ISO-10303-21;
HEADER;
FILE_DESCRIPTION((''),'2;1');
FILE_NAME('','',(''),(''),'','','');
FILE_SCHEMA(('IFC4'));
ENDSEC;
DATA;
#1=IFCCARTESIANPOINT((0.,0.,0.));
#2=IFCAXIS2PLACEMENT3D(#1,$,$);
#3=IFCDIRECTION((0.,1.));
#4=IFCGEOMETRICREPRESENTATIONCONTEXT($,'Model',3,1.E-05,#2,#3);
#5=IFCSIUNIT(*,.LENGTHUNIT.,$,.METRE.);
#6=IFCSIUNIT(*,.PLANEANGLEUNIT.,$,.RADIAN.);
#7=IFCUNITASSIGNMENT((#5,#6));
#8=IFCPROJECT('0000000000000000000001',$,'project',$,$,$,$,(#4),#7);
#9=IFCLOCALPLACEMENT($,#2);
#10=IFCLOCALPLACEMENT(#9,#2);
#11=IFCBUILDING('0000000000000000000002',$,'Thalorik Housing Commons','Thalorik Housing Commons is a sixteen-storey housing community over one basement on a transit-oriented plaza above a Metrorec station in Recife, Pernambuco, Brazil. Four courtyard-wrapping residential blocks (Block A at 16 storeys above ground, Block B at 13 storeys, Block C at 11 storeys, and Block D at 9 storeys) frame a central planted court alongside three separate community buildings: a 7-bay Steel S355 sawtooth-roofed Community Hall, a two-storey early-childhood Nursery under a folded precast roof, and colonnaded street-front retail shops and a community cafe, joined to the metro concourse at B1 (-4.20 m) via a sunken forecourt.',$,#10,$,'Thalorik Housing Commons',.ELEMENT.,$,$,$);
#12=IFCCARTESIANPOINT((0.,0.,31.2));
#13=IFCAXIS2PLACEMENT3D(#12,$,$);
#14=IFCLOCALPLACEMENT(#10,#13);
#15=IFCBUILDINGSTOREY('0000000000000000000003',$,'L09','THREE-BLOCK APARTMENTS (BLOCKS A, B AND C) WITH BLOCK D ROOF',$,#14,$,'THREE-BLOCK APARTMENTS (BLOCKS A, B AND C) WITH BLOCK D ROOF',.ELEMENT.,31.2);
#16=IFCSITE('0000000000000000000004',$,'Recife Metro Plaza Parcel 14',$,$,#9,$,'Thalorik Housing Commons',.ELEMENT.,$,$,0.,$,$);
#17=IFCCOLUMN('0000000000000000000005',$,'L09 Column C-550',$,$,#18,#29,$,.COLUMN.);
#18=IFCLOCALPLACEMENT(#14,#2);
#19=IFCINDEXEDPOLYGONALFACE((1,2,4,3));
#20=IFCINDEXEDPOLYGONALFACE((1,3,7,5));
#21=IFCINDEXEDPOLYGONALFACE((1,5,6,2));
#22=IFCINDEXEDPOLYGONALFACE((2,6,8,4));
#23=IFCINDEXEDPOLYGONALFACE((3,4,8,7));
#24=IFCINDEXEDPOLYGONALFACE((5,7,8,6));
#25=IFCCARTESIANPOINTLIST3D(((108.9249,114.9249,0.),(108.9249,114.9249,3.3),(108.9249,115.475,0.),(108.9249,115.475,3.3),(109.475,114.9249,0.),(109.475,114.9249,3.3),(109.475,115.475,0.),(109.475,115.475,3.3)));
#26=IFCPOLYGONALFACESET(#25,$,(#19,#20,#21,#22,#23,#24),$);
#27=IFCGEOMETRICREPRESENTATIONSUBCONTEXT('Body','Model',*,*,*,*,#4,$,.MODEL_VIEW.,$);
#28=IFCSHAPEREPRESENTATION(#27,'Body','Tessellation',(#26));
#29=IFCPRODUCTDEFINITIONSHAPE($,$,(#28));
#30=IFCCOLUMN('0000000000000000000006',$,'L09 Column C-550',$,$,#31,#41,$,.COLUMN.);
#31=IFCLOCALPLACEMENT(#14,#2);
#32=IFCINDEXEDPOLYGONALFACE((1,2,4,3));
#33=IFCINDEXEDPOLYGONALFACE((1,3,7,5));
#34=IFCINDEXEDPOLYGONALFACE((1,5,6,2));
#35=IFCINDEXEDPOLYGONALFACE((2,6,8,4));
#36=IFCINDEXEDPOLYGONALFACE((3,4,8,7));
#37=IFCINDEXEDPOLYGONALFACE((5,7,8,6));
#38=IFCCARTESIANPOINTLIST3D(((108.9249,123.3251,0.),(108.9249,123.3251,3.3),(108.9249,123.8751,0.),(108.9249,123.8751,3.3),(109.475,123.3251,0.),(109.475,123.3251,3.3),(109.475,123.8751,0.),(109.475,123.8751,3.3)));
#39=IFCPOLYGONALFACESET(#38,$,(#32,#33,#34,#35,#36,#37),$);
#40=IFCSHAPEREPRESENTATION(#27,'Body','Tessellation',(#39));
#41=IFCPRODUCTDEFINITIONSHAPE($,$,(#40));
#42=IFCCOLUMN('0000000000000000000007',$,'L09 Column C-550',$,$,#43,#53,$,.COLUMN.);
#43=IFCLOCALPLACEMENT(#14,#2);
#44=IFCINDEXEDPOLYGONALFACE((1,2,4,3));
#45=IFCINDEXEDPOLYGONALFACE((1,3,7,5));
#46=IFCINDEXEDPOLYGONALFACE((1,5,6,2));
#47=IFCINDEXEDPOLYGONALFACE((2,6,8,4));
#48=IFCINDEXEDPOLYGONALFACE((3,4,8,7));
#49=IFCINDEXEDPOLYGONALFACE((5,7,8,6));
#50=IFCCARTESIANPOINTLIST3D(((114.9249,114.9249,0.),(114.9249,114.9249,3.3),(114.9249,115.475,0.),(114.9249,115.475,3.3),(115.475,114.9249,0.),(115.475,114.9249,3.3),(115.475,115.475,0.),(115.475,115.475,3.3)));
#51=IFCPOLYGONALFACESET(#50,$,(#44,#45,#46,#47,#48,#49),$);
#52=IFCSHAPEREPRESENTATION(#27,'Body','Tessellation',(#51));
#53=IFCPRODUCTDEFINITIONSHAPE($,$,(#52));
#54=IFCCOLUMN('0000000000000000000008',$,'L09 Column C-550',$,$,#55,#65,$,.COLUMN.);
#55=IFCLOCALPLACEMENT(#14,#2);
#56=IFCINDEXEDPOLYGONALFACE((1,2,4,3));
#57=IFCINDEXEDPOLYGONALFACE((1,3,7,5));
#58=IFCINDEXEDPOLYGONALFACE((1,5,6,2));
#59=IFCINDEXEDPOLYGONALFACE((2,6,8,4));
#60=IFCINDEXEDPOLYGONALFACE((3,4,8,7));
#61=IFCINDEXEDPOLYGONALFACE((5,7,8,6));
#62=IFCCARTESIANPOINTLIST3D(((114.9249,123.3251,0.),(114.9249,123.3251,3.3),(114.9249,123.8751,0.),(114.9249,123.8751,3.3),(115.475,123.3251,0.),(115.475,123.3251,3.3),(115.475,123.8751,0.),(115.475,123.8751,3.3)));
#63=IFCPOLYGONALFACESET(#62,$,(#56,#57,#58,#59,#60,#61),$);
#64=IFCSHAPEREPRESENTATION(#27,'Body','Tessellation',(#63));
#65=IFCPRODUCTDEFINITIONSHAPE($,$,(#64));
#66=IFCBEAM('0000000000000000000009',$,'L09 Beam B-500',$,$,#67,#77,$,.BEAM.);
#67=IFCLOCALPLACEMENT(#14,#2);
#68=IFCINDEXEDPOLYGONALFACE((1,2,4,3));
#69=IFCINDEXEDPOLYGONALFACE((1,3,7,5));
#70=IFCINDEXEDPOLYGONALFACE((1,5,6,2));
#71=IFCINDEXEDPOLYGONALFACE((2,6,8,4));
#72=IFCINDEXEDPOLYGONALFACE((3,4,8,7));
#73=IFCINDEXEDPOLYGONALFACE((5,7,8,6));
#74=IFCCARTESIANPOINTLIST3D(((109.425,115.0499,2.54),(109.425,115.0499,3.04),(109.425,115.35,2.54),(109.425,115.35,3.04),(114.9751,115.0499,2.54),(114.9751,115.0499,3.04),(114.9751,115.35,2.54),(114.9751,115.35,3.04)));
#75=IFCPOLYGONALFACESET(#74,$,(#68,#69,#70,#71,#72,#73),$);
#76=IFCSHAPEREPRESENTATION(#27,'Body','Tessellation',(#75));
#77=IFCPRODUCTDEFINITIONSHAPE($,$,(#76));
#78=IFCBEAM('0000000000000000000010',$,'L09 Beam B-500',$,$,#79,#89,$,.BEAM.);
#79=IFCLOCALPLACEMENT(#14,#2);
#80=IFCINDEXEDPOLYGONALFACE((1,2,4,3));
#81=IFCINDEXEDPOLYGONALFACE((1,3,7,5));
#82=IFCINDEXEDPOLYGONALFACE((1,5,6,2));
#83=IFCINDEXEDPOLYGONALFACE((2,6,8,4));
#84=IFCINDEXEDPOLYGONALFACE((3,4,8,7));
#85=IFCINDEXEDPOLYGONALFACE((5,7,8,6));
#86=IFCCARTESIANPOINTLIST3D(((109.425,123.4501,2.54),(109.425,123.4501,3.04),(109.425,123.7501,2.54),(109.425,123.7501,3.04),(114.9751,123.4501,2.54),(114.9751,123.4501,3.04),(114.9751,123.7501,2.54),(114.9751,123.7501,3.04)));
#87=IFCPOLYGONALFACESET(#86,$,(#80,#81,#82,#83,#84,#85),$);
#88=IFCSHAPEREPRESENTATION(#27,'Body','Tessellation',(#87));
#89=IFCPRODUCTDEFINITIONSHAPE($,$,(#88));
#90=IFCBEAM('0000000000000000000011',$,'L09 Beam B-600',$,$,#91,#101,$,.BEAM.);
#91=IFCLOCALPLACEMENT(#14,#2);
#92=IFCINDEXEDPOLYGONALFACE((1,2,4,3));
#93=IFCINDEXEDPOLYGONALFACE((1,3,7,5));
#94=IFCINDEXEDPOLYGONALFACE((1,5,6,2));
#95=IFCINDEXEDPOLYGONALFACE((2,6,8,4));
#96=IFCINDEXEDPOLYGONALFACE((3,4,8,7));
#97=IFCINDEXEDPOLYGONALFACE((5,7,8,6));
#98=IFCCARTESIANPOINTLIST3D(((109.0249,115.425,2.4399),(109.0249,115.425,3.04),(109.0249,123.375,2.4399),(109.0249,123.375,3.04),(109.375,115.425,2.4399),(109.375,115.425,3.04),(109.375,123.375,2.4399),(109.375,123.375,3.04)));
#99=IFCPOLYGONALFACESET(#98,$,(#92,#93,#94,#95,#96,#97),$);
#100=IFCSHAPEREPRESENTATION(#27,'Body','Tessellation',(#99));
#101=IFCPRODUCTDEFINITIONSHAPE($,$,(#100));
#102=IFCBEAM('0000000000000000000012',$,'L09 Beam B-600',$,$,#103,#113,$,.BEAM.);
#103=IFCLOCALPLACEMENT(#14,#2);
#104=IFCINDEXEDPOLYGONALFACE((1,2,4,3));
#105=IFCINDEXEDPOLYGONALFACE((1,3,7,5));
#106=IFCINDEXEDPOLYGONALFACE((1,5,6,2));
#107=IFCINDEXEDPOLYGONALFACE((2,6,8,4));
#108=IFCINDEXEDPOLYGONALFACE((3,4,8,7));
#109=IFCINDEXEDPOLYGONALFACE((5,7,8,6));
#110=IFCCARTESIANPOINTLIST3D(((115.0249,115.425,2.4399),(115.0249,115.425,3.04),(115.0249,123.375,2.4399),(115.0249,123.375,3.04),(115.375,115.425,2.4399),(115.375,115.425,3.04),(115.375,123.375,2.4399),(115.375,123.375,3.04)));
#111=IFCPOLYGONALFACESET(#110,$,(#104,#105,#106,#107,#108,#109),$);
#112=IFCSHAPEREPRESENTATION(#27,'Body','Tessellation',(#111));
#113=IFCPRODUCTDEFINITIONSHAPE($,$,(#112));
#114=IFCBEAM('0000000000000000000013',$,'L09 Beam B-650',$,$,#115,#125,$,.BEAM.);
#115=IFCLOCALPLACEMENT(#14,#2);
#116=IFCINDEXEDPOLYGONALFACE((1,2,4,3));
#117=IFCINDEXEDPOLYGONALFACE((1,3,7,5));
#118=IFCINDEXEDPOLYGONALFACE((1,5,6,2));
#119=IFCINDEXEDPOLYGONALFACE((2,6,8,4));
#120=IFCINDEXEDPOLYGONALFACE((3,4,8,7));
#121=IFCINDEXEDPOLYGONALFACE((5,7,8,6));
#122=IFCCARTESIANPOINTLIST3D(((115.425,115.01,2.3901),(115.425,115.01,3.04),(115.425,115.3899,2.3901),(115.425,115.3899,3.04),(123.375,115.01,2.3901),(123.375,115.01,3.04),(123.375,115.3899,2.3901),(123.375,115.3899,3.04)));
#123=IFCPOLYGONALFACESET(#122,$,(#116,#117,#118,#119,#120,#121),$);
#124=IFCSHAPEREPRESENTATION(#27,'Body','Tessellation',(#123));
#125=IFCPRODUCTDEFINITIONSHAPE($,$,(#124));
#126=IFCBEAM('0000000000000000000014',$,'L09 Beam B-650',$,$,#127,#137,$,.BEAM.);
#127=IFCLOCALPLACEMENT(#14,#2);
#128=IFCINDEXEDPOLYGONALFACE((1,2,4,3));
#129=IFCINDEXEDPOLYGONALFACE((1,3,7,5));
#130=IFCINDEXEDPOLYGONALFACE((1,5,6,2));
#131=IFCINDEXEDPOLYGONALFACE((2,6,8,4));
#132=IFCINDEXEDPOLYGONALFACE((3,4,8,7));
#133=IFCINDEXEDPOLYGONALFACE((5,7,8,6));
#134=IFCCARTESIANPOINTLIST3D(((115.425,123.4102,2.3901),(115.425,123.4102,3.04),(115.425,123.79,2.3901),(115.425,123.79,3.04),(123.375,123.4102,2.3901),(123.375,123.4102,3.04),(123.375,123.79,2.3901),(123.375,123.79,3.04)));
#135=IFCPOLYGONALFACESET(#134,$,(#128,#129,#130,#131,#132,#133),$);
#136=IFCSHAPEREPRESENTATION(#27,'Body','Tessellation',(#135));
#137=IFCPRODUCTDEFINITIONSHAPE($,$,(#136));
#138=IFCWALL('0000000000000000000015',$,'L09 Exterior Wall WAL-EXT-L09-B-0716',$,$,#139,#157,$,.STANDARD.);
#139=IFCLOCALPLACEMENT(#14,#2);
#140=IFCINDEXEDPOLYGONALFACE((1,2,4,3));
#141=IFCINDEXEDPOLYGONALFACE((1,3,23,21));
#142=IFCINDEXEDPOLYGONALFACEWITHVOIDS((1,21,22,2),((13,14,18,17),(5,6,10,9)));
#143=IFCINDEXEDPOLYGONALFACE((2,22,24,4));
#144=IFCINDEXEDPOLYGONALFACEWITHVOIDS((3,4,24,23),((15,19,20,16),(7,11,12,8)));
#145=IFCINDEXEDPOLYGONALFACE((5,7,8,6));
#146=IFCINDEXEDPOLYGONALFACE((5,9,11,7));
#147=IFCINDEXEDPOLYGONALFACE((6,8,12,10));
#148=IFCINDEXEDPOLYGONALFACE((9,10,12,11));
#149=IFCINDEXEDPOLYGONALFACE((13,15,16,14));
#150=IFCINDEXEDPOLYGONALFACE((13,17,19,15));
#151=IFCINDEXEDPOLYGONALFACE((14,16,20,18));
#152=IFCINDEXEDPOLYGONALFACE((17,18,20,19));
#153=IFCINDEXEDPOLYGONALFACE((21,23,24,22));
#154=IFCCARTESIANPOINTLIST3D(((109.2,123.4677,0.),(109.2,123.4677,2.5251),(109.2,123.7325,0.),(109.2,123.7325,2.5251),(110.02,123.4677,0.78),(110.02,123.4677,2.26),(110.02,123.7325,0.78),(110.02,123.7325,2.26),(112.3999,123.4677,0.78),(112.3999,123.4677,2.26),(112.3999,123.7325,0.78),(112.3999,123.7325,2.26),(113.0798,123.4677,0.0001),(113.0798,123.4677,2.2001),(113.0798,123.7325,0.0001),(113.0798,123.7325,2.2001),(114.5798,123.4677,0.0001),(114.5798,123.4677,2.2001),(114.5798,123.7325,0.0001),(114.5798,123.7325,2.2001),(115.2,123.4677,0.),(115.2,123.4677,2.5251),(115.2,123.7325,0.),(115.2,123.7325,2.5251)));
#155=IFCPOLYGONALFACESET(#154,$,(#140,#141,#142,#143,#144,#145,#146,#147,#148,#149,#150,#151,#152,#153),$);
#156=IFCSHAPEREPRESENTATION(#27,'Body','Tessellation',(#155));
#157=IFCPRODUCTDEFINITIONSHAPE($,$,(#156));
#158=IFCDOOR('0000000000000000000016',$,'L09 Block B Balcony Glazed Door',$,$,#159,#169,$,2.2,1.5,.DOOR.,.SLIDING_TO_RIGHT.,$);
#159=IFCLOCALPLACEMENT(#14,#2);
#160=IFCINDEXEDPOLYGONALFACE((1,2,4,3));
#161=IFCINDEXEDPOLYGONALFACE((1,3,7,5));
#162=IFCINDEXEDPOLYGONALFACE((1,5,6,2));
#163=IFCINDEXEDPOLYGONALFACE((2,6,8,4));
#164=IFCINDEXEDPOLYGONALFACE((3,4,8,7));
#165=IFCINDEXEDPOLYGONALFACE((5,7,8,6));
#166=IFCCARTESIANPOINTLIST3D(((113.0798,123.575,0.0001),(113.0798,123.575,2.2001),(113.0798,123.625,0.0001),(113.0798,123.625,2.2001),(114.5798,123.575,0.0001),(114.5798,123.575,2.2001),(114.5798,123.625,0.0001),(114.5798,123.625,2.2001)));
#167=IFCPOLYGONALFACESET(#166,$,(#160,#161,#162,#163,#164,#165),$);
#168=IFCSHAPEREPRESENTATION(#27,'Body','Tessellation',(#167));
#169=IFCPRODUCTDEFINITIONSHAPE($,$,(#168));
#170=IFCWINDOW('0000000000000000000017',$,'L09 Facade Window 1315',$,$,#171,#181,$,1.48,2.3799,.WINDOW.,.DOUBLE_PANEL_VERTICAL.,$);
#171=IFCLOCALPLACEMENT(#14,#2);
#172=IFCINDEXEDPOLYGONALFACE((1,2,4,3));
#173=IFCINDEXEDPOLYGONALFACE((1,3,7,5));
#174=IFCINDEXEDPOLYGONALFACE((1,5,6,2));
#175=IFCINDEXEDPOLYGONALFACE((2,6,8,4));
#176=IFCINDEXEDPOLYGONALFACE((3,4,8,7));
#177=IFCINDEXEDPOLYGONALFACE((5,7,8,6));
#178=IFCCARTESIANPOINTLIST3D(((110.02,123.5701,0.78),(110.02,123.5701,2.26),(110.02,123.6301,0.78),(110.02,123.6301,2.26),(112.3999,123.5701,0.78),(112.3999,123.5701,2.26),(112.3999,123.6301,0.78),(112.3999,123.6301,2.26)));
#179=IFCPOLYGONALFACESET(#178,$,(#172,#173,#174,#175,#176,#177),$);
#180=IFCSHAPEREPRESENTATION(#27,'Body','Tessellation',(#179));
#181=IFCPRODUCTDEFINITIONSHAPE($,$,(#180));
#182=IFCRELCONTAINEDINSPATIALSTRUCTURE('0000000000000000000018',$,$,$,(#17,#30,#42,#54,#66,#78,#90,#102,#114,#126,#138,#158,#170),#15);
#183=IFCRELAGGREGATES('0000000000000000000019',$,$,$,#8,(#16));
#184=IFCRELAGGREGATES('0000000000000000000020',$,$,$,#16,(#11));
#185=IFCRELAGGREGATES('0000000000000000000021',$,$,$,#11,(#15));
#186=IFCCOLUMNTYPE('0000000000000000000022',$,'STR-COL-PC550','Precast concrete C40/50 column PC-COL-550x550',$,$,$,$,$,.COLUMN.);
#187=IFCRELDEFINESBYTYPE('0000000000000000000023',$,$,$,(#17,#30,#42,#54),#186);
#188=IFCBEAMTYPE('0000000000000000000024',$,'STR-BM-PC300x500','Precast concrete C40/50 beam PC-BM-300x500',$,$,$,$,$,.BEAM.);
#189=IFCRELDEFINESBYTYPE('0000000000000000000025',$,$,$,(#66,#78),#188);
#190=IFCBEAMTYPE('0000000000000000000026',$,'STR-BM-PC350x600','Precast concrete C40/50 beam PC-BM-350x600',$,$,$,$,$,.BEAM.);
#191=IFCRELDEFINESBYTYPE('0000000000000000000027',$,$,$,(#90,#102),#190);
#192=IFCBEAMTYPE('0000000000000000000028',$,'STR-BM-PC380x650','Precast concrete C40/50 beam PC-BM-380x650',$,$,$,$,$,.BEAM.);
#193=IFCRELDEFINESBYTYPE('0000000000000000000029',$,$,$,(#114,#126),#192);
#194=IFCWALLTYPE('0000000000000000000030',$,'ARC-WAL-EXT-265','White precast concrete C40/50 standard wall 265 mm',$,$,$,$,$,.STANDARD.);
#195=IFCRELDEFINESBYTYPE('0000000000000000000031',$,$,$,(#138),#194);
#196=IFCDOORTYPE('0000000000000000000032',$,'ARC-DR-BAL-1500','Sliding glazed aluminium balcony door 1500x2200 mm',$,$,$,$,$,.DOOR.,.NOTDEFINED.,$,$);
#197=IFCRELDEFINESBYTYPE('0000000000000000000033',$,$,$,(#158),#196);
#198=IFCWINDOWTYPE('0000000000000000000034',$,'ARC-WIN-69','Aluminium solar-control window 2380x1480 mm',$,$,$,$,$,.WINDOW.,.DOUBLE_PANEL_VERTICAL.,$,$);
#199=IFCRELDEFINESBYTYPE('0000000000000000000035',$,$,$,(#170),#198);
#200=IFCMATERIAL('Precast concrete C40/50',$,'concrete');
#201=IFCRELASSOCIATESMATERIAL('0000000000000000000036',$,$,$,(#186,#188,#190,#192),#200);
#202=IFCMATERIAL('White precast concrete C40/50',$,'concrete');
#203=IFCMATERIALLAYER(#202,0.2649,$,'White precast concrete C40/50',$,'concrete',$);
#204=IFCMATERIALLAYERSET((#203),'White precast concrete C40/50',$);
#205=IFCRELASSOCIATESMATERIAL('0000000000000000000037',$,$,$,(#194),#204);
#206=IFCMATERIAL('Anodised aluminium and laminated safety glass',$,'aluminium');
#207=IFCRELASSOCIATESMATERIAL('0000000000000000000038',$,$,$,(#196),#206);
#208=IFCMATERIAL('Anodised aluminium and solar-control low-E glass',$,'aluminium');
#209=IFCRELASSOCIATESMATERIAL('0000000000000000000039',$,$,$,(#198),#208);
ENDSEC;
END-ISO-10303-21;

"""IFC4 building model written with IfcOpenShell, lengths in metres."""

from ifc_helpers import new_model, si_unit, direction, frame, frame_2d, origin, origin_2d, place, context, subcontext, project, spatial, rectangle, extrude, material, layer, layer_set, material_profile, profile_set, type_object, element, fill, save


model = new_model("IFC4")

# Units and contexts
model_context = context("Model", 3, precision=1e-05, world=origin(), true_north=direction((0.0, 1.0)))
body_context = subcontext(model_context, "Body", "Model", "MODEL_VIEW")
ifc_project = project(units=[si_unit("LENGTHUNIT", "METRE"), si_unit("PLANEANGLEUNIT", "RADIAN")], contexts=[model_context])

# Site, building, storey
site_placement = place(None, origin())
site = spatial("IfcSite", under=ifc_project, at=site_placement, Name="Recife Metro Plaza Parcel 14", LongName="Thalorik Housing Commons", CompositionType="ELEMENT", RefElevation=0.0)
building_placement = place(site_placement, origin())
building = spatial("IfcBuilding", under=site, at=building_placement, Name="Thalorik Housing Commons", Description="Thalorik Housing Commons is a sixteen-storey housing community over one basement on a transit-oriented plaza above a Metrorec station in Recife, Pernambuco, Brazil. Four courtyard-wrapping residential blocks (Block A at 16 storeys above ground, Block B at 13 storeys, Block C at 11 storeys, and Block D at 9 storeys) frame a central planted court alongside three separate community buildings: a 7-bay Steel S355 sawtooth-roofed Community Hall, a two-storey early-childhood Nursery under a folded precast roof, and colonnaded street-front retail shops and a community cafe, joined to the metro concourse at B1 (-4.20 m) via a sunken forecourt.", LongName="Thalorik Housing Commons", CompositionType="ELEMENT")
storey_placement = place(building_placement, frame((0.0, 0.0, 31.2)))
storey = spatial("IfcBuildingStorey", under=building, at=storey_placement, Name="L09", Description="THREE-BLOCK APARTMENTS (BLOCKS A, B AND C) WITH BLOCK D ROOF", LongName="THREE-BLOCK APARTMENTS (BLOCKS A, B AND C) WITH BLOCK D ROOF", CompositionType="ELEMENT", Elevation=31.2)

# Columns
ifc_material_1 = material(Name="Precast concrete C40/50", Category="concrete")
ifc_material_profile_1 = material_profile(ifc_material_1, rectangle(XDim=0.55, YDim=0.55, at=origin_2d()), Name="PC 550x550", Category="concrete")
ifc_profile_set_1 = profile_set([ifc_material_profile_1], Name="Precast concrete C40/50")
column_type = type_object("IfcColumnType", Name="STR-COL-PC550", Description="Precast concrete C40/50 column PC-COL-550x550", PredefinedType="COLUMN", material=ifc_profile_set_1)
for number, where, z_axis, x_axis, name in (
    (1, (109.2, 115.2, 0.0), (0.0, 0.0, 1.0), (1.0, 0.0, 0.0), "L09 Column C-550"),
    (2, (109.2, 123.6001, 0.0), (0.0, 0.0, 1.0), (1.0, 0.0, 0.0), "L09 Column C-550"),
    (3, (115.2, 115.2, 0.0), (0.0, 0.0, 1.0), (1.0, 0.0, 0.0), "L09 Column C-550"),
    (4, (115.2, 123.6001, 0.0), (0.0, 0.0, 1.0), (1.0, 0.0, 0.0), "L09 Column C-550"),
):
    element("IfcColumn", number, at=place(storey_placement, frame(where, z_axis=z_axis, x_axis=x_axis)), inside=storey, type_object=column_type, Name=name, PredefinedType="COLUMN", context=body_context, shape_type="SweptSolid", body=[
        extrude(rectangle(XDim=0.55, YDim=0.55, at=origin_2d()), origin(), (0.0, 0.0, 1.0), 3.3),
    ])

# Beams
ifc_material_profile_2 = material_profile(ifc_material_1, rectangle(XDim=0.3, YDim=0.5, at=origin_2d()), Name="PC 300x500", Category="concrete")
ifc_profile_set_2 = profile_set([ifc_material_profile_2], Name="Precast concrete C40/50")
beam_type_1 = type_object("IfcBeamType", Name="STR-BM-PC300x500", Description="Precast concrete C40/50 beam PC-BM-300x500", PredefinedType="BEAM", material=ifc_profile_set_2)
for number, where, z_axis, x_axis, name in (
    (5, (109.425, 115.2, 2.79), (1.0, 0.0, 0.0), (0.0, 1.0, 0.0), "L09 Beam B-500"),
    (6, (109.425, 123.6001, 2.79), (1.0, 0.0, 0.0), (0.0, 1.0, 0.0), "L09 Beam B-500"),
):
    element("IfcBeam", number, at=place(storey_placement, frame(where, z_axis=z_axis, x_axis=x_axis)), inside=storey, type_object=beam_type_1, Name=name, PredefinedType="BEAM", context=body_context, shape_type="SweptSolid", body=[
        extrude(rectangle(XDim=0.3, YDim=0.5, at=origin_2d()), origin(), (0.0, 0.0, 1.0), 5.55),
    ])
ifc_material_profile_3 = material_profile(ifc_material_1, rectangle(XDim=0.3501, YDim=0.6001, at=origin_2d()), Name="PC 350x600", Category="concrete")
ifc_profile_set_3 = profile_set([ifc_material_profile_3], Name="Precast concrete C40/50")
beam_type_2 = type_object("IfcBeamType", Name="STR-BM-PC350x600", Description="Precast concrete C40/50 beam PC-BM-350x600", PredefinedType="BEAM", material=ifc_profile_set_3)
for number, where, z_axis, x_axis, name in (
    (7, (109.2, 115.425, 2.74), (0.0, 1.0, 0.0), (-1.0, 0.0, 0.0), "L09 Beam B-600"),
    (8, (115.2, 115.425, 2.74), (0.0, 1.0, 0.0), (-1.0, 0.0, 0.0), "L09 Beam B-600"),
):
    element("IfcBeam", number, at=place(storey_placement, frame(where, z_axis=z_axis, x_axis=x_axis)), inside=storey, type_object=beam_type_2, Name=name, PredefinedType="BEAM", context=body_context, shape_type="SweptSolid", body=[
        extrude(rectangle(XDim=0.3501, YDim=0.6001, at=origin_2d()), origin(), (0.0, 0.0, 1.0), 7.95),
    ])
ifc_material_profile_4 = material_profile(ifc_material_1, rectangle(XDim=0.3799, YDim=0.6499, at=origin_2d()), Name="PC 380x650", Category="concrete")
ifc_profile_set_4 = profile_set([ifc_material_profile_4], Name="Precast concrete C40/50")
beam_type_3 = type_object("IfcBeamType", Name="STR-BM-PC380x650", Description="Precast concrete C40/50 beam PC-BM-380x650", PredefinedType="BEAM", material=ifc_profile_set_4)
for number, where, z_axis, x_axis, name in (
    (9, (115.425, 115.2, 2.7151), (1.0, 0.0, 0.0), (0.0, 1.0, 0.0), "L09 Beam B-650"),
    (10, (115.425, 123.6001, 2.7151), (1.0, 0.0, 0.0), (0.0, 1.0, 0.0), "L09 Beam B-650"),
):
    element("IfcBeam", number, at=place(storey_placement, frame(where, z_axis=z_axis, x_axis=x_axis)), inside=storey, type_object=beam_type_3, Name=name, PredefinedType="BEAM", context=body_context, shape_type="SweptSolid", body=[
        extrude(rectangle(XDim=0.3799, YDim=0.6499, at=origin_2d()), origin(), (0.0, 0.0, 1.0), 7.95),
    ])

# Wall, openings, door, window
ifc_material_2 = material(Name="White precast concrete C40/50", Category="concrete")
ifc_layer_1 = layer(ifc_material_2, 0.2649, Name="White precast concrete C40/50", Category="concrete")
ifc_layer_set_1 = layer_set([ifc_layer_1], Name="White precast concrete C40/50")
wall_type = type_object("IfcWallType", Name="ARC-WAL-EXT-265", Description="White precast concrete C40/50 standard wall 265 mm", PredefinedType="STANDARD", material=ifc_layer_set_1)
wall_1_placement = place(storey_placement, frame((115.2, 123.6001, 0.0), z_axis=(0.0, 0.0, 1.0), x_axis=(-1.0, 0.0, 0.0)))
wall_1 = element("IfcWall", 11, at=wall_1_placement, inside=storey, type_object=wall_type, Name="L09 Exterior Wall WAL-EXT-L09-B-0716", PredefinedType="STANDARD", context=body_context, shape_type="SweptSolid", body=[
    extrude(rectangle(XDim=6.0, YDim=0.2649, at=frame_2d((3.0, 0.0))), origin(), (0.0, 0.0, 1.0), 2.5251),
])
opening_1_placement = place(wall_1_placement, frame((0.6201, 0.0, 0.0)))
opening_1 = element("IfcOpeningElement", 12, at=opening_1_placement, cuts=wall_1, PredefinedType="OPENING", context=body_context, shape_type="SweptSolid", body=[
    extrude(rectangle(XDim=1.5, YDim=2.2, at=frame_2d((0.75, 1.1001))), frame((0.0, 0.1426, 0.0), z_axis=(0.0, -1.0, 0.0), x_axis=(1.0, 0.0, 0.0)), (0.0, 0.0, 1.0), 0.2849),
])
opening_2_placement = place(wall_1_placement, frame((2.8, 0.0, 0.78)))
opening_2 = element("IfcOpeningElement", 13, at=opening_2_placement, cuts=wall_1, PredefinedType="OPENING", context=body_context, shape_type="SweptSolid", body=[
    extrude(rectangle(XDim=2.3799, YDim=1.48, at=frame_2d((1.1899, 0.74))), frame((0.0, 0.1426, 0.0), z_axis=(0.0, -1.0, 0.0), x_axis=(1.0, 0.0, 0.0)), (0.0, 0.0, 1.0), 0.2849),
])
ifc_material_3 = material(Name="Anodised aluminium and laminated safety glass", Category="aluminium")
door_type_1 = type_object("IfcDoorType", Name="ARC-DR-BAL-1500", Description="Sliding glazed aluminium balcony door 1500x2200 mm", OperationType="NOTDEFINED", PredefinedType="DOOR", material=ifc_material_3)
door_1_placement = place(opening_1_placement, frame((1.5, 0.0, 0.0), z_axis=(0.0, 0.0, 1.0), x_axis=(-1.0, 0.0, 0.0)))
door_1 = element("IfcDoor", 14, at=door_1_placement, inside=storey, type_object=door_type_1, Name="L09 Block B Balcony Glazed Door", OperationType="SLIDING_TO_RIGHT", OverallHeight=2.2, OverallWidth=1.5, PredefinedType="DOOR", context=body_context, shape_type="SweptSolid", body=[
    extrude(rectangle(XDim=1.5, YDim=2.2, at=frame_2d((0.75, 1.1001))), frame((0.0, 0.0249, 0.0), z_axis=(0.0, -1.0, 0.0), x_axis=(1.0, 0.0, 0.0)), (0.0, 0.0, 1.0), 0.05),
])
fill(opening_1, door_1)
ifc_material_4 = material(Name="Anodised aluminium and solar-control low-E glass", Category="aluminium")
window_type_1 = type_object("IfcWindowType", Name="ARC-WIN-69", Description="Aluminium solar-control window 2380x1480 mm", PartitioningType="DOUBLE_PANEL_VERTICAL", PredefinedType="WINDOW", material=ifc_material_4)
window_1_placement = place(opening_2_placement, origin())
window_1 = element("IfcWindow", 15, at=window_1_placement, inside=storey, type_object=window_type_1, Name="L09 Facade Window 1315", OverallHeight=1.48, OverallWidth=2.3799, PartitioningType="DOUBLE_PANEL_VERTICAL", PredefinedType="WINDOW", context=body_context, shape_type="SweptSolid", body=[
    extrude(rectangle(XDim=2.3799, YDim=1.48, at=frame_2d((1.1899, 0.74))), frame((0.0, 0.03, 0.0), z_axis=(0.0, -1.0, 0.0), x_axis=(1.0, 0.0, 0.0)), (0.0, 0.0, 1.0), 0.0601),
])
fill(opening_2, window_1)

save(model, "model.ifc")
